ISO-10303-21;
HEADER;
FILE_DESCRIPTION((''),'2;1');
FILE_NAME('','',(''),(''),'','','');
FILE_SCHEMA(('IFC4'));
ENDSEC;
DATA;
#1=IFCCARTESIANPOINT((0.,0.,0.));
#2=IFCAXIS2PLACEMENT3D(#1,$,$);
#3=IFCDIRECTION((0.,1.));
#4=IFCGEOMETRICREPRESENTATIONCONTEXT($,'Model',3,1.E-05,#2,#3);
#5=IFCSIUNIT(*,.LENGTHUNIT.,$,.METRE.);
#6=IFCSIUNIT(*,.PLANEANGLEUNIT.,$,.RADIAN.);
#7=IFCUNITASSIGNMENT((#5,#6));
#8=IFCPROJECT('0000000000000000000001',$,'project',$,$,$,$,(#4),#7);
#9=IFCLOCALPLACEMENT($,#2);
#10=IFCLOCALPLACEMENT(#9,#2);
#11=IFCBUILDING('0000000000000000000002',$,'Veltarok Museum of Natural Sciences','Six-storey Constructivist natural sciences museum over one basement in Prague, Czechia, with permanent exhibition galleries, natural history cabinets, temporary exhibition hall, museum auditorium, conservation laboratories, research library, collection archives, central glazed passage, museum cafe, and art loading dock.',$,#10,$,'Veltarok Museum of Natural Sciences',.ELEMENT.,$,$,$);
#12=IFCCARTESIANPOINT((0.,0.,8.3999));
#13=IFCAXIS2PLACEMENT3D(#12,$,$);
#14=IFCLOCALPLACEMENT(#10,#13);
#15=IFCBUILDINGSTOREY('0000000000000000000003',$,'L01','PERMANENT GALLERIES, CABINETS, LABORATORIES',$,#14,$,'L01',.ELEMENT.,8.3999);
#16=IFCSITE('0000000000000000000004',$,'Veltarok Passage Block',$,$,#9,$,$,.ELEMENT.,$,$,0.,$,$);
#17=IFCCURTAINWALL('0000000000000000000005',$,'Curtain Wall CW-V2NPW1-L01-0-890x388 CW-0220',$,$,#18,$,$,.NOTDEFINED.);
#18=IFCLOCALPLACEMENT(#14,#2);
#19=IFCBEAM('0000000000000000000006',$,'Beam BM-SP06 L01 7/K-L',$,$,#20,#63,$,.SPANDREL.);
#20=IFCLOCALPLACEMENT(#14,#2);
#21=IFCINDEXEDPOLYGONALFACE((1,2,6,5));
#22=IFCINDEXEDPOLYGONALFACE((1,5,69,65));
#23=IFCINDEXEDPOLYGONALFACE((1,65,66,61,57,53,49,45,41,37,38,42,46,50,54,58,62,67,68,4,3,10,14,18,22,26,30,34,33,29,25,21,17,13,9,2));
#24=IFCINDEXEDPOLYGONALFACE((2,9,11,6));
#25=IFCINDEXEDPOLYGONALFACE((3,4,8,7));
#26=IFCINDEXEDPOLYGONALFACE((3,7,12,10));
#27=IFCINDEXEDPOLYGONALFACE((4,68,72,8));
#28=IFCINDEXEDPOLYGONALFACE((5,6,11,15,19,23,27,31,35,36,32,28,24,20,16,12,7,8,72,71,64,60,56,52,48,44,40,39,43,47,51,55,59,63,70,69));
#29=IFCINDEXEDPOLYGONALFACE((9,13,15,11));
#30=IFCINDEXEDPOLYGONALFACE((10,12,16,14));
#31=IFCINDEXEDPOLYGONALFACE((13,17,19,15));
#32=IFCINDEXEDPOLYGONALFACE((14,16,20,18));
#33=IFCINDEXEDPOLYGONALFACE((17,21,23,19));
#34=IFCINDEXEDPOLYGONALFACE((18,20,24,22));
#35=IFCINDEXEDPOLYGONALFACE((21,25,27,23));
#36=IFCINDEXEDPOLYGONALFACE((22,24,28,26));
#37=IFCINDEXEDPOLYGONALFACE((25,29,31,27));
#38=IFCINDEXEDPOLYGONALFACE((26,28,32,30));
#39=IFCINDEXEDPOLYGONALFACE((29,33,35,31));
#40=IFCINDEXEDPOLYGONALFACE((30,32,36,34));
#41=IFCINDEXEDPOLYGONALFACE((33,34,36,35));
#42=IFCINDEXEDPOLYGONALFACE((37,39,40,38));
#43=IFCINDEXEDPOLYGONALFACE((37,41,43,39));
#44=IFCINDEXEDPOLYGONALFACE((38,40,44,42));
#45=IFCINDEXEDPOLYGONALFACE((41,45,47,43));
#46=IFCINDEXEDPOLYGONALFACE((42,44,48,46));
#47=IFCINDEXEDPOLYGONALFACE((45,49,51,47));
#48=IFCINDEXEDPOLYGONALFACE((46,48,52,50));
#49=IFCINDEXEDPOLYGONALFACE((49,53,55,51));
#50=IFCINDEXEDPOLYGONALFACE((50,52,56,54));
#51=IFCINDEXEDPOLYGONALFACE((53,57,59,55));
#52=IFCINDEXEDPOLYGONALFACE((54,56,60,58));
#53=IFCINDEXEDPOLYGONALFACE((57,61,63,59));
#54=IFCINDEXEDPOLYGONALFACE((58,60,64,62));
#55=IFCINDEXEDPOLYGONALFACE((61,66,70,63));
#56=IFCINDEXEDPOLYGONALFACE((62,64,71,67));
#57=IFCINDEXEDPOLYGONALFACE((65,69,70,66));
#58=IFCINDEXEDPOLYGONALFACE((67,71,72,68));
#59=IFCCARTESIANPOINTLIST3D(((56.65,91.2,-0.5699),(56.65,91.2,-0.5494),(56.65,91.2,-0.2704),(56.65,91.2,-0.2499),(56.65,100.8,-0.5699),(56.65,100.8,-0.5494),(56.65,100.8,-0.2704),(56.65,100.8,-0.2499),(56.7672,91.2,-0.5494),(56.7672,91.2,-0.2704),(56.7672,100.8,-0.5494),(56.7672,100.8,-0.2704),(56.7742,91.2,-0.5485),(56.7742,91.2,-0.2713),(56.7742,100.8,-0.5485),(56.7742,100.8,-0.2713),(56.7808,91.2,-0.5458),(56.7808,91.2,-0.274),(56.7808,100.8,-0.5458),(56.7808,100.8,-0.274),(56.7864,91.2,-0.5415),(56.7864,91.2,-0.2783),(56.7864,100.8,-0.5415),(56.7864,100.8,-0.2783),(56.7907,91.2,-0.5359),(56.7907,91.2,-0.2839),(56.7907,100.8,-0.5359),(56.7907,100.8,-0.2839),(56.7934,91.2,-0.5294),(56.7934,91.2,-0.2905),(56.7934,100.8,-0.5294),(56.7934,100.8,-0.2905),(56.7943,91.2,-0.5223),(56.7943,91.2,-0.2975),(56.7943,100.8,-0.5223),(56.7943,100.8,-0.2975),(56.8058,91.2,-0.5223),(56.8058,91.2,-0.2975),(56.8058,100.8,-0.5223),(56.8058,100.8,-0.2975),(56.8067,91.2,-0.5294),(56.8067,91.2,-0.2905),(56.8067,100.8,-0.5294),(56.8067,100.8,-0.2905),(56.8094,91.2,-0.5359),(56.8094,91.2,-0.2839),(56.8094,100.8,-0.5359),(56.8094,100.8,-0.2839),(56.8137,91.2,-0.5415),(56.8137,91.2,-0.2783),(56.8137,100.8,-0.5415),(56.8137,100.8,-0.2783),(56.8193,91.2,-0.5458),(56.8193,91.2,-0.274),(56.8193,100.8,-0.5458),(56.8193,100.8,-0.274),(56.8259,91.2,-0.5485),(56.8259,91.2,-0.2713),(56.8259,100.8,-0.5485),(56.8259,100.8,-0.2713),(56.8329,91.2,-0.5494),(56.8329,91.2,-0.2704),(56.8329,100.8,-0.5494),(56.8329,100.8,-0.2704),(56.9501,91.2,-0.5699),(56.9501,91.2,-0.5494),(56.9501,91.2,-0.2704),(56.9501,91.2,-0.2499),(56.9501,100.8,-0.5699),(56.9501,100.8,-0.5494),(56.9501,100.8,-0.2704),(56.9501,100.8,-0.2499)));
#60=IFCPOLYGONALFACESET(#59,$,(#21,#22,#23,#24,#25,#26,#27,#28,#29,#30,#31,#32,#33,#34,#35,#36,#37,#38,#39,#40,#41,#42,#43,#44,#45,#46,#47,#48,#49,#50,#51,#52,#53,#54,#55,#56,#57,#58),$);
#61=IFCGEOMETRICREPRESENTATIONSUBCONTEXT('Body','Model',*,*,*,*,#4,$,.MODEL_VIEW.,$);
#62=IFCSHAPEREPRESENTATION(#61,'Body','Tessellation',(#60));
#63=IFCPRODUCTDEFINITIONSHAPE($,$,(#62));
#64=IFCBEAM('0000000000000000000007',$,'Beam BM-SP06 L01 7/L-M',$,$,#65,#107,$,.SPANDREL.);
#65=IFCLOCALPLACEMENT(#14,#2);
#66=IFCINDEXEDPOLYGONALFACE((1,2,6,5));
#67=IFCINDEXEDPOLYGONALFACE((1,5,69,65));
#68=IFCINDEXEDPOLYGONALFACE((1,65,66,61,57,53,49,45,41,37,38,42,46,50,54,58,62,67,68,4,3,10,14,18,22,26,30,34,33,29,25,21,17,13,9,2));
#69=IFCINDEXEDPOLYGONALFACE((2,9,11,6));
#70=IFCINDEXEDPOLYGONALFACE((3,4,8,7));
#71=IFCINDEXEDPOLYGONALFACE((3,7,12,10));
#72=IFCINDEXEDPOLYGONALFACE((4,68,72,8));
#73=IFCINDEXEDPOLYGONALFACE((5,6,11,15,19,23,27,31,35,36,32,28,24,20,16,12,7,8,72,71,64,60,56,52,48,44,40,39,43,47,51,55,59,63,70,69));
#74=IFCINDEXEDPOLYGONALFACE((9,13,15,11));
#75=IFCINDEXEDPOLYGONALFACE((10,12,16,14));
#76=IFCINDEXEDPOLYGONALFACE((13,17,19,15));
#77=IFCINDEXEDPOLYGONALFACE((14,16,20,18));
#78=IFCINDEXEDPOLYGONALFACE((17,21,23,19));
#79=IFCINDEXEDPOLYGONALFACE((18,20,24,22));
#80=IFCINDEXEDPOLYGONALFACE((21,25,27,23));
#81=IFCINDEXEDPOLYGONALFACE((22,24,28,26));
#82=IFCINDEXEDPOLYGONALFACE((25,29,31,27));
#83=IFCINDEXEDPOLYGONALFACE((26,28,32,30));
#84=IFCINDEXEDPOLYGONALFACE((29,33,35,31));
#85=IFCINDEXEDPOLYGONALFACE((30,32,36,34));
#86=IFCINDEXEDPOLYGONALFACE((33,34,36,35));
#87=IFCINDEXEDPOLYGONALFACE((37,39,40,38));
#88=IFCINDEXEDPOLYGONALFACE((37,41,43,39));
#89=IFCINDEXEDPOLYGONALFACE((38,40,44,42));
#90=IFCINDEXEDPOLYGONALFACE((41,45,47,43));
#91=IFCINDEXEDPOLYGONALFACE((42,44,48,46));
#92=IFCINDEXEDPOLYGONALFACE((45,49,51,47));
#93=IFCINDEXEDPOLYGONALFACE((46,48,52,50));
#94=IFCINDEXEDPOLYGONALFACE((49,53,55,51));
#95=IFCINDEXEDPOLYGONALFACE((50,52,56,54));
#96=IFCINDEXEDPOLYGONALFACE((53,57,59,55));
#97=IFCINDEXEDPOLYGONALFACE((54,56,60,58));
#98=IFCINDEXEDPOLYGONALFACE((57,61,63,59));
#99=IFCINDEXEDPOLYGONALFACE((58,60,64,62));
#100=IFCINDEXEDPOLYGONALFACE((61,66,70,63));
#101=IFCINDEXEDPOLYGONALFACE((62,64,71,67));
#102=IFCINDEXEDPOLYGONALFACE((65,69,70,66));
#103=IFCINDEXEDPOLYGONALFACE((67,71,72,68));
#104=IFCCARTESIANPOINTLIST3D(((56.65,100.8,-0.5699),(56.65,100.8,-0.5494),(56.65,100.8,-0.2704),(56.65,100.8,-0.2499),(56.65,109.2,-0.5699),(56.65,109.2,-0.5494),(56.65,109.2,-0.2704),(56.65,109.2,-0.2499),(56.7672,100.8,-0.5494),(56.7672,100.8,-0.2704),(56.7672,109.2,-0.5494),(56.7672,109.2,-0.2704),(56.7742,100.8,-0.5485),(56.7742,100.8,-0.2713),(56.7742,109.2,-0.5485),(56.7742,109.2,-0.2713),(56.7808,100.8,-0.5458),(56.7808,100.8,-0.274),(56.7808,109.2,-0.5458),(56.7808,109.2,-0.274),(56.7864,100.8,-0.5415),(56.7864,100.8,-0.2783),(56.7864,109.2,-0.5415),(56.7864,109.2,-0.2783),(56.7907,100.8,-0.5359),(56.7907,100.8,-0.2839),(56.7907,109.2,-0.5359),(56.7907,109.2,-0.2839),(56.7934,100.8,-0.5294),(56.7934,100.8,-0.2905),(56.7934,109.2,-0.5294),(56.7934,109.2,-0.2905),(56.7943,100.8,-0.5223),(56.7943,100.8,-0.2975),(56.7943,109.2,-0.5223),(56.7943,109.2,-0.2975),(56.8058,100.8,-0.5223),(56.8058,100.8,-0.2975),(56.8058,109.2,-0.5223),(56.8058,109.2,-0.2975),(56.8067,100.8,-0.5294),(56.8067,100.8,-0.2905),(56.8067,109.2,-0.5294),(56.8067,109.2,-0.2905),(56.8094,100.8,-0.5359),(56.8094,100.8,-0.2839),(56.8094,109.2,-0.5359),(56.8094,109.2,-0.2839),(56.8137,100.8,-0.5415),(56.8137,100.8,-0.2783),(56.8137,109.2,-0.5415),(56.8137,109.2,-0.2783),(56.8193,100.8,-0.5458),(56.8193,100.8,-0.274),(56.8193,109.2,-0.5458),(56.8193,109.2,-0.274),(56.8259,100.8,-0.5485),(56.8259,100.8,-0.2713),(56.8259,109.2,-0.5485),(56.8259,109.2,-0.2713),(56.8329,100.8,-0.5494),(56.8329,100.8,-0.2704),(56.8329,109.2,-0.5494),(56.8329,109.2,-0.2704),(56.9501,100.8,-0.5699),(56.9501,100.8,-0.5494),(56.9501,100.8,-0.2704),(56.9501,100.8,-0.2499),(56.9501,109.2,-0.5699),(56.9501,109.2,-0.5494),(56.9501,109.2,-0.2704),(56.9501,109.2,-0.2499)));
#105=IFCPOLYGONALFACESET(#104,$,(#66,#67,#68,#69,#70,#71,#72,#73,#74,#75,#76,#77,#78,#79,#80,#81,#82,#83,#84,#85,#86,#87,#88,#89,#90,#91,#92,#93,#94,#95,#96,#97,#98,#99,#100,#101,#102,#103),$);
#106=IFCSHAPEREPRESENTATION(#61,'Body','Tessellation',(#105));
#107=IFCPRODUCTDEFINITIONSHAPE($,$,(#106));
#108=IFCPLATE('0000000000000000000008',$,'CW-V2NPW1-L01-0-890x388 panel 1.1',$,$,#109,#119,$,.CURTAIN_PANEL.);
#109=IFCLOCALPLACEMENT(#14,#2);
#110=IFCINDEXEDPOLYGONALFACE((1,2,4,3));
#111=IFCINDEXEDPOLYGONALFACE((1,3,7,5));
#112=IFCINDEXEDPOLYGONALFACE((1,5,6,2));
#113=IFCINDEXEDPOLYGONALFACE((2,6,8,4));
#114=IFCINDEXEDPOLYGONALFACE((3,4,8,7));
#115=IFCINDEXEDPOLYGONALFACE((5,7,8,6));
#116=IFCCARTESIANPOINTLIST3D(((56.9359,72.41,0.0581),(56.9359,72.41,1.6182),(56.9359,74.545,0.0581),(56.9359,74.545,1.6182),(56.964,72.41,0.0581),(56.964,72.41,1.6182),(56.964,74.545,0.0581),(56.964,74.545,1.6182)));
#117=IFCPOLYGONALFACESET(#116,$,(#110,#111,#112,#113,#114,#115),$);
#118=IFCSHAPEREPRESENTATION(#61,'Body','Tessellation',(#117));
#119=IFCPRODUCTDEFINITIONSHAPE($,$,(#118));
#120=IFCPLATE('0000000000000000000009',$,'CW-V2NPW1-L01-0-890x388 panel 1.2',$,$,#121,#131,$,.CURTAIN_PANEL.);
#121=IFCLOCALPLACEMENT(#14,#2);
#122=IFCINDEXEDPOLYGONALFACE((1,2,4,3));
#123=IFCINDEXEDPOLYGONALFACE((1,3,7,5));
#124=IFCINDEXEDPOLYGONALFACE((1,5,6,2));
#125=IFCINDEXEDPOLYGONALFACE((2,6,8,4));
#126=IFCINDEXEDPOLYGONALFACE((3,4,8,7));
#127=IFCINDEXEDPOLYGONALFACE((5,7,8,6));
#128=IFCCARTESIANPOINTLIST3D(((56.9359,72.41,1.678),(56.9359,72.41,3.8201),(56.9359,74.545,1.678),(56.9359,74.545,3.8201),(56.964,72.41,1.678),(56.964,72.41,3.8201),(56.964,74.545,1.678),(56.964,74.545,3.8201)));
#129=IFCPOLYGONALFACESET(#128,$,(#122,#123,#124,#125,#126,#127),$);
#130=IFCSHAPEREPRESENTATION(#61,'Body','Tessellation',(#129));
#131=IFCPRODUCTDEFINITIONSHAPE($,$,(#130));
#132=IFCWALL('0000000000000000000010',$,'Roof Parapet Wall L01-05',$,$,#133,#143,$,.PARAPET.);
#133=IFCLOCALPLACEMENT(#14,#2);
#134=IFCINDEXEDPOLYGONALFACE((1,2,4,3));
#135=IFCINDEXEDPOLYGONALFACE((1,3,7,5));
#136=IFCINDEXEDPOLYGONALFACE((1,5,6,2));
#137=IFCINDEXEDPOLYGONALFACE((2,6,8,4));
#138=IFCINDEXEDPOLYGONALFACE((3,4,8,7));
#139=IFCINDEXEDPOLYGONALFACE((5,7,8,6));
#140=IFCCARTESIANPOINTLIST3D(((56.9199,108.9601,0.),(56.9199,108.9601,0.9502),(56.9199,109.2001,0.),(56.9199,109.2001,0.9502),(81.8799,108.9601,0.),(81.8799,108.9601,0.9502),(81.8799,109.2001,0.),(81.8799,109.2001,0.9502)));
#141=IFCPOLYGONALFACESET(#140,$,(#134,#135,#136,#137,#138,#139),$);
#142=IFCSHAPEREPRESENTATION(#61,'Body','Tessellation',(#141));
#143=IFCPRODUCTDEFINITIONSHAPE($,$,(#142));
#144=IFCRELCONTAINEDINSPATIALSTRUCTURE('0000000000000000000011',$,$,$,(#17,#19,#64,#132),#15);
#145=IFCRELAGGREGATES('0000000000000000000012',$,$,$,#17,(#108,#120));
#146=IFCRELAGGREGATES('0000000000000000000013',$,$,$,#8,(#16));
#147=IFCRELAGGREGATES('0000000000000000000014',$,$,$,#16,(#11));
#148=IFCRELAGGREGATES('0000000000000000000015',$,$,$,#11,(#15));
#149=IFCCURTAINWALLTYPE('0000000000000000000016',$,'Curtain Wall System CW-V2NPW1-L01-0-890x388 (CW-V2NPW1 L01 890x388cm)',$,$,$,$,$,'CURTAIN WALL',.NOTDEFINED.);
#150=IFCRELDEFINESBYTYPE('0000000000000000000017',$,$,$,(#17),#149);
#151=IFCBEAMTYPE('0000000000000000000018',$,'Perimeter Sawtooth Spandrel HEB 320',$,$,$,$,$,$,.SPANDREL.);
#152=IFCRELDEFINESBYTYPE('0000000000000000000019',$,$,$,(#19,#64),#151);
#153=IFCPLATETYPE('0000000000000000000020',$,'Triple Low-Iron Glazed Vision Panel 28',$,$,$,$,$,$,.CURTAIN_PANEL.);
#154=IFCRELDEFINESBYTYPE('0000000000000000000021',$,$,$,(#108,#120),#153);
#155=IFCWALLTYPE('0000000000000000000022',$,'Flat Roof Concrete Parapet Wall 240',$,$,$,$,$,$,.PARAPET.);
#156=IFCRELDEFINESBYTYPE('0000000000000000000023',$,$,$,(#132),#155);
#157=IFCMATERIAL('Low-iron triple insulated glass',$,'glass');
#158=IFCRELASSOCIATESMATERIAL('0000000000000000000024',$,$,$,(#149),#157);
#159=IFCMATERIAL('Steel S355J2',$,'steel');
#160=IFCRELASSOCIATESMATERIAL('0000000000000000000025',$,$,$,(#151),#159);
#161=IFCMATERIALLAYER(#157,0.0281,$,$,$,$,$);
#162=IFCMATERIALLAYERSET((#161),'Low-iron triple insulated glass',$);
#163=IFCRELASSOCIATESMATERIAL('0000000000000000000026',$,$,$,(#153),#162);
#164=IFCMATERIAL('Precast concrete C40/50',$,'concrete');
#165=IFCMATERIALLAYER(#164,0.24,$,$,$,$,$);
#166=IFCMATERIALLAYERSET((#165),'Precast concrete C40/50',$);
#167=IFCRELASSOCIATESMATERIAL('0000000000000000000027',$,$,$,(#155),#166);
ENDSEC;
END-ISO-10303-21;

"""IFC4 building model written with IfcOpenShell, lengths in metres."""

from ifc_helpers import new_model, si_unit, direction, frame, frame_2d, origin, origin_2d, place, context, subcontext, project, spatial, rectangle, i_section, extrude, material, layer, layer_set, material_profile, profile_set, type_object, element, aggregate, save


model = new_model("IFC4")

# Units and contexts
model_context = context("Model", 3, precision=1e-05, world=origin(), true_north=direction((0.0, 1.0)))
body_context = subcontext(model_context, "Body", "Model", "MODEL_VIEW")
ifc_project = project(units=[si_unit("LENGTHUNIT", "METRE"), si_unit("PLANEANGLEUNIT", "RADIAN")], contexts=[model_context])

# Site, building, storey
site_placement = place(None, origin())
site = spatial("IfcSite", under=ifc_project, at=site_placement, Name="Veltarok Passage Block", CompositionType="ELEMENT", RefElevation=0.0)
building_placement = place(site_placement, origin())
building = spatial("IfcBuilding", under=site, at=building_placement, Name="Veltarok Museum of Natural Sciences", Description="Six-storey Constructivist natural sciences museum over one basement in Prague, Czechia, with permanent exhibition galleries, natural history cabinets, temporary exhibition hall, museum auditorium, conservation laboratories, research library, collection archives, central glazed passage, museum cafe, and art loading dock.", LongName="Veltarok Museum of Natural Sciences", CompositionType="ELEMENT")
storey_placement = place(building_placement, frame((0.0, 0.0, 8.3999)))
storey = spatial("IfcBuildingStorey", under=building, at=storey_placement, Name="L01", Description="PERMANENT GALLERIES, CABINETS, LABORATORIES", LongName="L01", CompositionType="ELEMENT", Elevation=8.3999)

# Shared definitions
ifc_material_1 = material(Name="Steel S355J2", Category="steel")

# Curtain wall
ifc_material_2 = material(Name="Low-iron triple insulated glass", Category="glass")
curtain_wall_type = type_object("IfcCurtainWallType", Name="Curtain Wall System CW-V2NPW1-L01-0-890x388 (CW-V2NPW1 L01 890x388cm)", ElementType="CURTAIN WALL", PredefinedType="NOTDEFINED", material=ifc_material_2)
curtain_wall_placement = place(storey_placement, origin())
curtain_wall = element("IfcCurtainWall", 1, at=curtain_wall_placement, inside=storey, type_object=curtain_wall_type, Name="Curtain Wall CW-V2NPW1-L01-0-890x388 CW-0220", PredefinedType="NOTDEFINED")

# Beams
ifc_material_profile_1 = material_profile(ifc_material_1, i_section(OverallWidth=0.3, OverallDepth=0.3201, WebThickness=0.0115, FlangeThickness=0.0205, FilletRadius=0.0271, at=origin_2d()), Name="HEB 320")
ifc_profile_set_1 = profile_set([ifc_material_profile_1], Name="Steel S355J2")
beam_type = type_object("IfcBeamType", Name="Perimeter Sawtooth Spandrel HEB 320", PredefinedType="SPANDREL", material=ifc_profile_set_1)
beam_1_placement = place(storey_placement, frame((56.8, 91.2, -0.4099), z_axis=(0.0, 1.0, 0.0), x_axis=(-1.0, 0.0, 0.0)))
element("IfcBeam", 2, at=beam_1_placement, inside=storey, type_object=beam_type, Name="Beam BM-SP06 L01 7/K-L", PredefinedType="SPANDREL", context=body_context, shape_type="SweptSolid", body=[
    extrude(i_section(OverallWidth=0.3, OverallDepth=0.3201, WebThickness=0.0115, FlangeThickness=0.0205, FilletRadius=0.0271, at=origin_2d()), origin(), (0.0, 0.0, 1.0), 9.6001),
])
beam_2_placement = place(storey_placement, frame((56.8, 100.8, -0.4099), z_axis=(0.0, 1.0, 0.0), x_axis=(-1.0, 0.0, 0.0)))
element("IfcBeam", 3, at=beam_2_placement, inside=storey, type_object=beam_type, Name="Beam BM-SP06 L01 7/L-M", PredefinedType="SPANDREL", context=body_context, shape_type="SweptSolid", body=[
    extrude(i_section(OverallWidth=0.3, OverallDepth=0.3201, WebThickness=0.0115, FlangeThickness=0.0205, FilletRadius=0.0271, at=origin_2d()), origin(), (0.0, 0.0, 1.0), 8.3999),
])

# Plates
ifc_layer_1 = layer(ifc_material_2, 0.0281)
ifc_layer_set_1 = layer_set([ifc_layer_1], Name="Low-iron triple insulated glass")
plate_type = type_object("IfcPlateType", Name="Triple Low-Iron Glazed Vision Panel 28", PredefinedType="CURTAIN_PANEL", material=ifc_layer_set_1)
plate_1_placement = place(storey_placement, frame((56.95, 73.4775, 0.0581), z_axis=(0.0, 0.0, 1.0), x_axis=(0.0, 1.0, 0.0)))
plate_1 = element("IfcPlate", 4, at=plate_1_placement, type_object=plate_type, Name="CW-V2NPW1-L01-0-890x388 panel 1.1", PredefinedType="CURTAIN_PANEL", context=body_context, shape_type="SweptSolid", body=[
    extrude(rectangle(XDim=2.135, YDim=0.0281, at=origin_2d()), origin(), (0.0, 0.0, 1.0), 1.5601),
])
plate_2_placement = place(storey_placement, frame((56.95, 73.4775, 1.678), z_axis=(0.0, 0.0, 1.0), x_axis=(0.0, 1.0, 0.0)))
plate_2 = element("IfcPlate", 5, at=plate_2_placement, type_object=plate_type, Name="CW-V2NPW1-L01-0-890x388 panel 1.2", PredefinedType="CURTAIN_PANEL", context=body_context, shape_type="SweptSolid", body=[
    extrude(rectangle(XDim=2.135, YDim=0.0281, at=origin_2d()), origin(), (0.0, 0.0, 1.0), 2.1421),
])
aggregate(curtain_wall, [plate_1, plate_2])

# Wall
ifc_material_3 = material(Name="Precast concrete C40/50", Category="concrete")
ifc_layer_2 = layer(ifc_material_3, 0.24)
ifc_layer_set_2 = layer_set([ifc_layer_2], Name="Precast concrete C40/50")
wall_type = type_object("IfcWallType", Name="Flat Roof Concrete Parapet Wall 240", PredefinedType="PARAPET", material=ifc_layer_set_2)
wall_placement = place(storey_placement, frame((56.9199, 109.0801, 0.0), z_axis=(0.0, 0.0, 1.0), x_axis=(1.0, 0.0, 0.0)))
element("IfcWall", 6, at=wall_placement, inside=storey, type_object=wall_type, Name="Roof Parapet Wall L01-05", PredefinedType="PARAPET", context=body_context, shape_type="SweptSolid", body=[
    extrude(rectangle(XDim=24.96, YDim=0.24, at=frame_2d((12.48, 0.0))), origin(), (0.0, 0.0, 1.0), 0.9502),
])

save(model, "model.ifc")
